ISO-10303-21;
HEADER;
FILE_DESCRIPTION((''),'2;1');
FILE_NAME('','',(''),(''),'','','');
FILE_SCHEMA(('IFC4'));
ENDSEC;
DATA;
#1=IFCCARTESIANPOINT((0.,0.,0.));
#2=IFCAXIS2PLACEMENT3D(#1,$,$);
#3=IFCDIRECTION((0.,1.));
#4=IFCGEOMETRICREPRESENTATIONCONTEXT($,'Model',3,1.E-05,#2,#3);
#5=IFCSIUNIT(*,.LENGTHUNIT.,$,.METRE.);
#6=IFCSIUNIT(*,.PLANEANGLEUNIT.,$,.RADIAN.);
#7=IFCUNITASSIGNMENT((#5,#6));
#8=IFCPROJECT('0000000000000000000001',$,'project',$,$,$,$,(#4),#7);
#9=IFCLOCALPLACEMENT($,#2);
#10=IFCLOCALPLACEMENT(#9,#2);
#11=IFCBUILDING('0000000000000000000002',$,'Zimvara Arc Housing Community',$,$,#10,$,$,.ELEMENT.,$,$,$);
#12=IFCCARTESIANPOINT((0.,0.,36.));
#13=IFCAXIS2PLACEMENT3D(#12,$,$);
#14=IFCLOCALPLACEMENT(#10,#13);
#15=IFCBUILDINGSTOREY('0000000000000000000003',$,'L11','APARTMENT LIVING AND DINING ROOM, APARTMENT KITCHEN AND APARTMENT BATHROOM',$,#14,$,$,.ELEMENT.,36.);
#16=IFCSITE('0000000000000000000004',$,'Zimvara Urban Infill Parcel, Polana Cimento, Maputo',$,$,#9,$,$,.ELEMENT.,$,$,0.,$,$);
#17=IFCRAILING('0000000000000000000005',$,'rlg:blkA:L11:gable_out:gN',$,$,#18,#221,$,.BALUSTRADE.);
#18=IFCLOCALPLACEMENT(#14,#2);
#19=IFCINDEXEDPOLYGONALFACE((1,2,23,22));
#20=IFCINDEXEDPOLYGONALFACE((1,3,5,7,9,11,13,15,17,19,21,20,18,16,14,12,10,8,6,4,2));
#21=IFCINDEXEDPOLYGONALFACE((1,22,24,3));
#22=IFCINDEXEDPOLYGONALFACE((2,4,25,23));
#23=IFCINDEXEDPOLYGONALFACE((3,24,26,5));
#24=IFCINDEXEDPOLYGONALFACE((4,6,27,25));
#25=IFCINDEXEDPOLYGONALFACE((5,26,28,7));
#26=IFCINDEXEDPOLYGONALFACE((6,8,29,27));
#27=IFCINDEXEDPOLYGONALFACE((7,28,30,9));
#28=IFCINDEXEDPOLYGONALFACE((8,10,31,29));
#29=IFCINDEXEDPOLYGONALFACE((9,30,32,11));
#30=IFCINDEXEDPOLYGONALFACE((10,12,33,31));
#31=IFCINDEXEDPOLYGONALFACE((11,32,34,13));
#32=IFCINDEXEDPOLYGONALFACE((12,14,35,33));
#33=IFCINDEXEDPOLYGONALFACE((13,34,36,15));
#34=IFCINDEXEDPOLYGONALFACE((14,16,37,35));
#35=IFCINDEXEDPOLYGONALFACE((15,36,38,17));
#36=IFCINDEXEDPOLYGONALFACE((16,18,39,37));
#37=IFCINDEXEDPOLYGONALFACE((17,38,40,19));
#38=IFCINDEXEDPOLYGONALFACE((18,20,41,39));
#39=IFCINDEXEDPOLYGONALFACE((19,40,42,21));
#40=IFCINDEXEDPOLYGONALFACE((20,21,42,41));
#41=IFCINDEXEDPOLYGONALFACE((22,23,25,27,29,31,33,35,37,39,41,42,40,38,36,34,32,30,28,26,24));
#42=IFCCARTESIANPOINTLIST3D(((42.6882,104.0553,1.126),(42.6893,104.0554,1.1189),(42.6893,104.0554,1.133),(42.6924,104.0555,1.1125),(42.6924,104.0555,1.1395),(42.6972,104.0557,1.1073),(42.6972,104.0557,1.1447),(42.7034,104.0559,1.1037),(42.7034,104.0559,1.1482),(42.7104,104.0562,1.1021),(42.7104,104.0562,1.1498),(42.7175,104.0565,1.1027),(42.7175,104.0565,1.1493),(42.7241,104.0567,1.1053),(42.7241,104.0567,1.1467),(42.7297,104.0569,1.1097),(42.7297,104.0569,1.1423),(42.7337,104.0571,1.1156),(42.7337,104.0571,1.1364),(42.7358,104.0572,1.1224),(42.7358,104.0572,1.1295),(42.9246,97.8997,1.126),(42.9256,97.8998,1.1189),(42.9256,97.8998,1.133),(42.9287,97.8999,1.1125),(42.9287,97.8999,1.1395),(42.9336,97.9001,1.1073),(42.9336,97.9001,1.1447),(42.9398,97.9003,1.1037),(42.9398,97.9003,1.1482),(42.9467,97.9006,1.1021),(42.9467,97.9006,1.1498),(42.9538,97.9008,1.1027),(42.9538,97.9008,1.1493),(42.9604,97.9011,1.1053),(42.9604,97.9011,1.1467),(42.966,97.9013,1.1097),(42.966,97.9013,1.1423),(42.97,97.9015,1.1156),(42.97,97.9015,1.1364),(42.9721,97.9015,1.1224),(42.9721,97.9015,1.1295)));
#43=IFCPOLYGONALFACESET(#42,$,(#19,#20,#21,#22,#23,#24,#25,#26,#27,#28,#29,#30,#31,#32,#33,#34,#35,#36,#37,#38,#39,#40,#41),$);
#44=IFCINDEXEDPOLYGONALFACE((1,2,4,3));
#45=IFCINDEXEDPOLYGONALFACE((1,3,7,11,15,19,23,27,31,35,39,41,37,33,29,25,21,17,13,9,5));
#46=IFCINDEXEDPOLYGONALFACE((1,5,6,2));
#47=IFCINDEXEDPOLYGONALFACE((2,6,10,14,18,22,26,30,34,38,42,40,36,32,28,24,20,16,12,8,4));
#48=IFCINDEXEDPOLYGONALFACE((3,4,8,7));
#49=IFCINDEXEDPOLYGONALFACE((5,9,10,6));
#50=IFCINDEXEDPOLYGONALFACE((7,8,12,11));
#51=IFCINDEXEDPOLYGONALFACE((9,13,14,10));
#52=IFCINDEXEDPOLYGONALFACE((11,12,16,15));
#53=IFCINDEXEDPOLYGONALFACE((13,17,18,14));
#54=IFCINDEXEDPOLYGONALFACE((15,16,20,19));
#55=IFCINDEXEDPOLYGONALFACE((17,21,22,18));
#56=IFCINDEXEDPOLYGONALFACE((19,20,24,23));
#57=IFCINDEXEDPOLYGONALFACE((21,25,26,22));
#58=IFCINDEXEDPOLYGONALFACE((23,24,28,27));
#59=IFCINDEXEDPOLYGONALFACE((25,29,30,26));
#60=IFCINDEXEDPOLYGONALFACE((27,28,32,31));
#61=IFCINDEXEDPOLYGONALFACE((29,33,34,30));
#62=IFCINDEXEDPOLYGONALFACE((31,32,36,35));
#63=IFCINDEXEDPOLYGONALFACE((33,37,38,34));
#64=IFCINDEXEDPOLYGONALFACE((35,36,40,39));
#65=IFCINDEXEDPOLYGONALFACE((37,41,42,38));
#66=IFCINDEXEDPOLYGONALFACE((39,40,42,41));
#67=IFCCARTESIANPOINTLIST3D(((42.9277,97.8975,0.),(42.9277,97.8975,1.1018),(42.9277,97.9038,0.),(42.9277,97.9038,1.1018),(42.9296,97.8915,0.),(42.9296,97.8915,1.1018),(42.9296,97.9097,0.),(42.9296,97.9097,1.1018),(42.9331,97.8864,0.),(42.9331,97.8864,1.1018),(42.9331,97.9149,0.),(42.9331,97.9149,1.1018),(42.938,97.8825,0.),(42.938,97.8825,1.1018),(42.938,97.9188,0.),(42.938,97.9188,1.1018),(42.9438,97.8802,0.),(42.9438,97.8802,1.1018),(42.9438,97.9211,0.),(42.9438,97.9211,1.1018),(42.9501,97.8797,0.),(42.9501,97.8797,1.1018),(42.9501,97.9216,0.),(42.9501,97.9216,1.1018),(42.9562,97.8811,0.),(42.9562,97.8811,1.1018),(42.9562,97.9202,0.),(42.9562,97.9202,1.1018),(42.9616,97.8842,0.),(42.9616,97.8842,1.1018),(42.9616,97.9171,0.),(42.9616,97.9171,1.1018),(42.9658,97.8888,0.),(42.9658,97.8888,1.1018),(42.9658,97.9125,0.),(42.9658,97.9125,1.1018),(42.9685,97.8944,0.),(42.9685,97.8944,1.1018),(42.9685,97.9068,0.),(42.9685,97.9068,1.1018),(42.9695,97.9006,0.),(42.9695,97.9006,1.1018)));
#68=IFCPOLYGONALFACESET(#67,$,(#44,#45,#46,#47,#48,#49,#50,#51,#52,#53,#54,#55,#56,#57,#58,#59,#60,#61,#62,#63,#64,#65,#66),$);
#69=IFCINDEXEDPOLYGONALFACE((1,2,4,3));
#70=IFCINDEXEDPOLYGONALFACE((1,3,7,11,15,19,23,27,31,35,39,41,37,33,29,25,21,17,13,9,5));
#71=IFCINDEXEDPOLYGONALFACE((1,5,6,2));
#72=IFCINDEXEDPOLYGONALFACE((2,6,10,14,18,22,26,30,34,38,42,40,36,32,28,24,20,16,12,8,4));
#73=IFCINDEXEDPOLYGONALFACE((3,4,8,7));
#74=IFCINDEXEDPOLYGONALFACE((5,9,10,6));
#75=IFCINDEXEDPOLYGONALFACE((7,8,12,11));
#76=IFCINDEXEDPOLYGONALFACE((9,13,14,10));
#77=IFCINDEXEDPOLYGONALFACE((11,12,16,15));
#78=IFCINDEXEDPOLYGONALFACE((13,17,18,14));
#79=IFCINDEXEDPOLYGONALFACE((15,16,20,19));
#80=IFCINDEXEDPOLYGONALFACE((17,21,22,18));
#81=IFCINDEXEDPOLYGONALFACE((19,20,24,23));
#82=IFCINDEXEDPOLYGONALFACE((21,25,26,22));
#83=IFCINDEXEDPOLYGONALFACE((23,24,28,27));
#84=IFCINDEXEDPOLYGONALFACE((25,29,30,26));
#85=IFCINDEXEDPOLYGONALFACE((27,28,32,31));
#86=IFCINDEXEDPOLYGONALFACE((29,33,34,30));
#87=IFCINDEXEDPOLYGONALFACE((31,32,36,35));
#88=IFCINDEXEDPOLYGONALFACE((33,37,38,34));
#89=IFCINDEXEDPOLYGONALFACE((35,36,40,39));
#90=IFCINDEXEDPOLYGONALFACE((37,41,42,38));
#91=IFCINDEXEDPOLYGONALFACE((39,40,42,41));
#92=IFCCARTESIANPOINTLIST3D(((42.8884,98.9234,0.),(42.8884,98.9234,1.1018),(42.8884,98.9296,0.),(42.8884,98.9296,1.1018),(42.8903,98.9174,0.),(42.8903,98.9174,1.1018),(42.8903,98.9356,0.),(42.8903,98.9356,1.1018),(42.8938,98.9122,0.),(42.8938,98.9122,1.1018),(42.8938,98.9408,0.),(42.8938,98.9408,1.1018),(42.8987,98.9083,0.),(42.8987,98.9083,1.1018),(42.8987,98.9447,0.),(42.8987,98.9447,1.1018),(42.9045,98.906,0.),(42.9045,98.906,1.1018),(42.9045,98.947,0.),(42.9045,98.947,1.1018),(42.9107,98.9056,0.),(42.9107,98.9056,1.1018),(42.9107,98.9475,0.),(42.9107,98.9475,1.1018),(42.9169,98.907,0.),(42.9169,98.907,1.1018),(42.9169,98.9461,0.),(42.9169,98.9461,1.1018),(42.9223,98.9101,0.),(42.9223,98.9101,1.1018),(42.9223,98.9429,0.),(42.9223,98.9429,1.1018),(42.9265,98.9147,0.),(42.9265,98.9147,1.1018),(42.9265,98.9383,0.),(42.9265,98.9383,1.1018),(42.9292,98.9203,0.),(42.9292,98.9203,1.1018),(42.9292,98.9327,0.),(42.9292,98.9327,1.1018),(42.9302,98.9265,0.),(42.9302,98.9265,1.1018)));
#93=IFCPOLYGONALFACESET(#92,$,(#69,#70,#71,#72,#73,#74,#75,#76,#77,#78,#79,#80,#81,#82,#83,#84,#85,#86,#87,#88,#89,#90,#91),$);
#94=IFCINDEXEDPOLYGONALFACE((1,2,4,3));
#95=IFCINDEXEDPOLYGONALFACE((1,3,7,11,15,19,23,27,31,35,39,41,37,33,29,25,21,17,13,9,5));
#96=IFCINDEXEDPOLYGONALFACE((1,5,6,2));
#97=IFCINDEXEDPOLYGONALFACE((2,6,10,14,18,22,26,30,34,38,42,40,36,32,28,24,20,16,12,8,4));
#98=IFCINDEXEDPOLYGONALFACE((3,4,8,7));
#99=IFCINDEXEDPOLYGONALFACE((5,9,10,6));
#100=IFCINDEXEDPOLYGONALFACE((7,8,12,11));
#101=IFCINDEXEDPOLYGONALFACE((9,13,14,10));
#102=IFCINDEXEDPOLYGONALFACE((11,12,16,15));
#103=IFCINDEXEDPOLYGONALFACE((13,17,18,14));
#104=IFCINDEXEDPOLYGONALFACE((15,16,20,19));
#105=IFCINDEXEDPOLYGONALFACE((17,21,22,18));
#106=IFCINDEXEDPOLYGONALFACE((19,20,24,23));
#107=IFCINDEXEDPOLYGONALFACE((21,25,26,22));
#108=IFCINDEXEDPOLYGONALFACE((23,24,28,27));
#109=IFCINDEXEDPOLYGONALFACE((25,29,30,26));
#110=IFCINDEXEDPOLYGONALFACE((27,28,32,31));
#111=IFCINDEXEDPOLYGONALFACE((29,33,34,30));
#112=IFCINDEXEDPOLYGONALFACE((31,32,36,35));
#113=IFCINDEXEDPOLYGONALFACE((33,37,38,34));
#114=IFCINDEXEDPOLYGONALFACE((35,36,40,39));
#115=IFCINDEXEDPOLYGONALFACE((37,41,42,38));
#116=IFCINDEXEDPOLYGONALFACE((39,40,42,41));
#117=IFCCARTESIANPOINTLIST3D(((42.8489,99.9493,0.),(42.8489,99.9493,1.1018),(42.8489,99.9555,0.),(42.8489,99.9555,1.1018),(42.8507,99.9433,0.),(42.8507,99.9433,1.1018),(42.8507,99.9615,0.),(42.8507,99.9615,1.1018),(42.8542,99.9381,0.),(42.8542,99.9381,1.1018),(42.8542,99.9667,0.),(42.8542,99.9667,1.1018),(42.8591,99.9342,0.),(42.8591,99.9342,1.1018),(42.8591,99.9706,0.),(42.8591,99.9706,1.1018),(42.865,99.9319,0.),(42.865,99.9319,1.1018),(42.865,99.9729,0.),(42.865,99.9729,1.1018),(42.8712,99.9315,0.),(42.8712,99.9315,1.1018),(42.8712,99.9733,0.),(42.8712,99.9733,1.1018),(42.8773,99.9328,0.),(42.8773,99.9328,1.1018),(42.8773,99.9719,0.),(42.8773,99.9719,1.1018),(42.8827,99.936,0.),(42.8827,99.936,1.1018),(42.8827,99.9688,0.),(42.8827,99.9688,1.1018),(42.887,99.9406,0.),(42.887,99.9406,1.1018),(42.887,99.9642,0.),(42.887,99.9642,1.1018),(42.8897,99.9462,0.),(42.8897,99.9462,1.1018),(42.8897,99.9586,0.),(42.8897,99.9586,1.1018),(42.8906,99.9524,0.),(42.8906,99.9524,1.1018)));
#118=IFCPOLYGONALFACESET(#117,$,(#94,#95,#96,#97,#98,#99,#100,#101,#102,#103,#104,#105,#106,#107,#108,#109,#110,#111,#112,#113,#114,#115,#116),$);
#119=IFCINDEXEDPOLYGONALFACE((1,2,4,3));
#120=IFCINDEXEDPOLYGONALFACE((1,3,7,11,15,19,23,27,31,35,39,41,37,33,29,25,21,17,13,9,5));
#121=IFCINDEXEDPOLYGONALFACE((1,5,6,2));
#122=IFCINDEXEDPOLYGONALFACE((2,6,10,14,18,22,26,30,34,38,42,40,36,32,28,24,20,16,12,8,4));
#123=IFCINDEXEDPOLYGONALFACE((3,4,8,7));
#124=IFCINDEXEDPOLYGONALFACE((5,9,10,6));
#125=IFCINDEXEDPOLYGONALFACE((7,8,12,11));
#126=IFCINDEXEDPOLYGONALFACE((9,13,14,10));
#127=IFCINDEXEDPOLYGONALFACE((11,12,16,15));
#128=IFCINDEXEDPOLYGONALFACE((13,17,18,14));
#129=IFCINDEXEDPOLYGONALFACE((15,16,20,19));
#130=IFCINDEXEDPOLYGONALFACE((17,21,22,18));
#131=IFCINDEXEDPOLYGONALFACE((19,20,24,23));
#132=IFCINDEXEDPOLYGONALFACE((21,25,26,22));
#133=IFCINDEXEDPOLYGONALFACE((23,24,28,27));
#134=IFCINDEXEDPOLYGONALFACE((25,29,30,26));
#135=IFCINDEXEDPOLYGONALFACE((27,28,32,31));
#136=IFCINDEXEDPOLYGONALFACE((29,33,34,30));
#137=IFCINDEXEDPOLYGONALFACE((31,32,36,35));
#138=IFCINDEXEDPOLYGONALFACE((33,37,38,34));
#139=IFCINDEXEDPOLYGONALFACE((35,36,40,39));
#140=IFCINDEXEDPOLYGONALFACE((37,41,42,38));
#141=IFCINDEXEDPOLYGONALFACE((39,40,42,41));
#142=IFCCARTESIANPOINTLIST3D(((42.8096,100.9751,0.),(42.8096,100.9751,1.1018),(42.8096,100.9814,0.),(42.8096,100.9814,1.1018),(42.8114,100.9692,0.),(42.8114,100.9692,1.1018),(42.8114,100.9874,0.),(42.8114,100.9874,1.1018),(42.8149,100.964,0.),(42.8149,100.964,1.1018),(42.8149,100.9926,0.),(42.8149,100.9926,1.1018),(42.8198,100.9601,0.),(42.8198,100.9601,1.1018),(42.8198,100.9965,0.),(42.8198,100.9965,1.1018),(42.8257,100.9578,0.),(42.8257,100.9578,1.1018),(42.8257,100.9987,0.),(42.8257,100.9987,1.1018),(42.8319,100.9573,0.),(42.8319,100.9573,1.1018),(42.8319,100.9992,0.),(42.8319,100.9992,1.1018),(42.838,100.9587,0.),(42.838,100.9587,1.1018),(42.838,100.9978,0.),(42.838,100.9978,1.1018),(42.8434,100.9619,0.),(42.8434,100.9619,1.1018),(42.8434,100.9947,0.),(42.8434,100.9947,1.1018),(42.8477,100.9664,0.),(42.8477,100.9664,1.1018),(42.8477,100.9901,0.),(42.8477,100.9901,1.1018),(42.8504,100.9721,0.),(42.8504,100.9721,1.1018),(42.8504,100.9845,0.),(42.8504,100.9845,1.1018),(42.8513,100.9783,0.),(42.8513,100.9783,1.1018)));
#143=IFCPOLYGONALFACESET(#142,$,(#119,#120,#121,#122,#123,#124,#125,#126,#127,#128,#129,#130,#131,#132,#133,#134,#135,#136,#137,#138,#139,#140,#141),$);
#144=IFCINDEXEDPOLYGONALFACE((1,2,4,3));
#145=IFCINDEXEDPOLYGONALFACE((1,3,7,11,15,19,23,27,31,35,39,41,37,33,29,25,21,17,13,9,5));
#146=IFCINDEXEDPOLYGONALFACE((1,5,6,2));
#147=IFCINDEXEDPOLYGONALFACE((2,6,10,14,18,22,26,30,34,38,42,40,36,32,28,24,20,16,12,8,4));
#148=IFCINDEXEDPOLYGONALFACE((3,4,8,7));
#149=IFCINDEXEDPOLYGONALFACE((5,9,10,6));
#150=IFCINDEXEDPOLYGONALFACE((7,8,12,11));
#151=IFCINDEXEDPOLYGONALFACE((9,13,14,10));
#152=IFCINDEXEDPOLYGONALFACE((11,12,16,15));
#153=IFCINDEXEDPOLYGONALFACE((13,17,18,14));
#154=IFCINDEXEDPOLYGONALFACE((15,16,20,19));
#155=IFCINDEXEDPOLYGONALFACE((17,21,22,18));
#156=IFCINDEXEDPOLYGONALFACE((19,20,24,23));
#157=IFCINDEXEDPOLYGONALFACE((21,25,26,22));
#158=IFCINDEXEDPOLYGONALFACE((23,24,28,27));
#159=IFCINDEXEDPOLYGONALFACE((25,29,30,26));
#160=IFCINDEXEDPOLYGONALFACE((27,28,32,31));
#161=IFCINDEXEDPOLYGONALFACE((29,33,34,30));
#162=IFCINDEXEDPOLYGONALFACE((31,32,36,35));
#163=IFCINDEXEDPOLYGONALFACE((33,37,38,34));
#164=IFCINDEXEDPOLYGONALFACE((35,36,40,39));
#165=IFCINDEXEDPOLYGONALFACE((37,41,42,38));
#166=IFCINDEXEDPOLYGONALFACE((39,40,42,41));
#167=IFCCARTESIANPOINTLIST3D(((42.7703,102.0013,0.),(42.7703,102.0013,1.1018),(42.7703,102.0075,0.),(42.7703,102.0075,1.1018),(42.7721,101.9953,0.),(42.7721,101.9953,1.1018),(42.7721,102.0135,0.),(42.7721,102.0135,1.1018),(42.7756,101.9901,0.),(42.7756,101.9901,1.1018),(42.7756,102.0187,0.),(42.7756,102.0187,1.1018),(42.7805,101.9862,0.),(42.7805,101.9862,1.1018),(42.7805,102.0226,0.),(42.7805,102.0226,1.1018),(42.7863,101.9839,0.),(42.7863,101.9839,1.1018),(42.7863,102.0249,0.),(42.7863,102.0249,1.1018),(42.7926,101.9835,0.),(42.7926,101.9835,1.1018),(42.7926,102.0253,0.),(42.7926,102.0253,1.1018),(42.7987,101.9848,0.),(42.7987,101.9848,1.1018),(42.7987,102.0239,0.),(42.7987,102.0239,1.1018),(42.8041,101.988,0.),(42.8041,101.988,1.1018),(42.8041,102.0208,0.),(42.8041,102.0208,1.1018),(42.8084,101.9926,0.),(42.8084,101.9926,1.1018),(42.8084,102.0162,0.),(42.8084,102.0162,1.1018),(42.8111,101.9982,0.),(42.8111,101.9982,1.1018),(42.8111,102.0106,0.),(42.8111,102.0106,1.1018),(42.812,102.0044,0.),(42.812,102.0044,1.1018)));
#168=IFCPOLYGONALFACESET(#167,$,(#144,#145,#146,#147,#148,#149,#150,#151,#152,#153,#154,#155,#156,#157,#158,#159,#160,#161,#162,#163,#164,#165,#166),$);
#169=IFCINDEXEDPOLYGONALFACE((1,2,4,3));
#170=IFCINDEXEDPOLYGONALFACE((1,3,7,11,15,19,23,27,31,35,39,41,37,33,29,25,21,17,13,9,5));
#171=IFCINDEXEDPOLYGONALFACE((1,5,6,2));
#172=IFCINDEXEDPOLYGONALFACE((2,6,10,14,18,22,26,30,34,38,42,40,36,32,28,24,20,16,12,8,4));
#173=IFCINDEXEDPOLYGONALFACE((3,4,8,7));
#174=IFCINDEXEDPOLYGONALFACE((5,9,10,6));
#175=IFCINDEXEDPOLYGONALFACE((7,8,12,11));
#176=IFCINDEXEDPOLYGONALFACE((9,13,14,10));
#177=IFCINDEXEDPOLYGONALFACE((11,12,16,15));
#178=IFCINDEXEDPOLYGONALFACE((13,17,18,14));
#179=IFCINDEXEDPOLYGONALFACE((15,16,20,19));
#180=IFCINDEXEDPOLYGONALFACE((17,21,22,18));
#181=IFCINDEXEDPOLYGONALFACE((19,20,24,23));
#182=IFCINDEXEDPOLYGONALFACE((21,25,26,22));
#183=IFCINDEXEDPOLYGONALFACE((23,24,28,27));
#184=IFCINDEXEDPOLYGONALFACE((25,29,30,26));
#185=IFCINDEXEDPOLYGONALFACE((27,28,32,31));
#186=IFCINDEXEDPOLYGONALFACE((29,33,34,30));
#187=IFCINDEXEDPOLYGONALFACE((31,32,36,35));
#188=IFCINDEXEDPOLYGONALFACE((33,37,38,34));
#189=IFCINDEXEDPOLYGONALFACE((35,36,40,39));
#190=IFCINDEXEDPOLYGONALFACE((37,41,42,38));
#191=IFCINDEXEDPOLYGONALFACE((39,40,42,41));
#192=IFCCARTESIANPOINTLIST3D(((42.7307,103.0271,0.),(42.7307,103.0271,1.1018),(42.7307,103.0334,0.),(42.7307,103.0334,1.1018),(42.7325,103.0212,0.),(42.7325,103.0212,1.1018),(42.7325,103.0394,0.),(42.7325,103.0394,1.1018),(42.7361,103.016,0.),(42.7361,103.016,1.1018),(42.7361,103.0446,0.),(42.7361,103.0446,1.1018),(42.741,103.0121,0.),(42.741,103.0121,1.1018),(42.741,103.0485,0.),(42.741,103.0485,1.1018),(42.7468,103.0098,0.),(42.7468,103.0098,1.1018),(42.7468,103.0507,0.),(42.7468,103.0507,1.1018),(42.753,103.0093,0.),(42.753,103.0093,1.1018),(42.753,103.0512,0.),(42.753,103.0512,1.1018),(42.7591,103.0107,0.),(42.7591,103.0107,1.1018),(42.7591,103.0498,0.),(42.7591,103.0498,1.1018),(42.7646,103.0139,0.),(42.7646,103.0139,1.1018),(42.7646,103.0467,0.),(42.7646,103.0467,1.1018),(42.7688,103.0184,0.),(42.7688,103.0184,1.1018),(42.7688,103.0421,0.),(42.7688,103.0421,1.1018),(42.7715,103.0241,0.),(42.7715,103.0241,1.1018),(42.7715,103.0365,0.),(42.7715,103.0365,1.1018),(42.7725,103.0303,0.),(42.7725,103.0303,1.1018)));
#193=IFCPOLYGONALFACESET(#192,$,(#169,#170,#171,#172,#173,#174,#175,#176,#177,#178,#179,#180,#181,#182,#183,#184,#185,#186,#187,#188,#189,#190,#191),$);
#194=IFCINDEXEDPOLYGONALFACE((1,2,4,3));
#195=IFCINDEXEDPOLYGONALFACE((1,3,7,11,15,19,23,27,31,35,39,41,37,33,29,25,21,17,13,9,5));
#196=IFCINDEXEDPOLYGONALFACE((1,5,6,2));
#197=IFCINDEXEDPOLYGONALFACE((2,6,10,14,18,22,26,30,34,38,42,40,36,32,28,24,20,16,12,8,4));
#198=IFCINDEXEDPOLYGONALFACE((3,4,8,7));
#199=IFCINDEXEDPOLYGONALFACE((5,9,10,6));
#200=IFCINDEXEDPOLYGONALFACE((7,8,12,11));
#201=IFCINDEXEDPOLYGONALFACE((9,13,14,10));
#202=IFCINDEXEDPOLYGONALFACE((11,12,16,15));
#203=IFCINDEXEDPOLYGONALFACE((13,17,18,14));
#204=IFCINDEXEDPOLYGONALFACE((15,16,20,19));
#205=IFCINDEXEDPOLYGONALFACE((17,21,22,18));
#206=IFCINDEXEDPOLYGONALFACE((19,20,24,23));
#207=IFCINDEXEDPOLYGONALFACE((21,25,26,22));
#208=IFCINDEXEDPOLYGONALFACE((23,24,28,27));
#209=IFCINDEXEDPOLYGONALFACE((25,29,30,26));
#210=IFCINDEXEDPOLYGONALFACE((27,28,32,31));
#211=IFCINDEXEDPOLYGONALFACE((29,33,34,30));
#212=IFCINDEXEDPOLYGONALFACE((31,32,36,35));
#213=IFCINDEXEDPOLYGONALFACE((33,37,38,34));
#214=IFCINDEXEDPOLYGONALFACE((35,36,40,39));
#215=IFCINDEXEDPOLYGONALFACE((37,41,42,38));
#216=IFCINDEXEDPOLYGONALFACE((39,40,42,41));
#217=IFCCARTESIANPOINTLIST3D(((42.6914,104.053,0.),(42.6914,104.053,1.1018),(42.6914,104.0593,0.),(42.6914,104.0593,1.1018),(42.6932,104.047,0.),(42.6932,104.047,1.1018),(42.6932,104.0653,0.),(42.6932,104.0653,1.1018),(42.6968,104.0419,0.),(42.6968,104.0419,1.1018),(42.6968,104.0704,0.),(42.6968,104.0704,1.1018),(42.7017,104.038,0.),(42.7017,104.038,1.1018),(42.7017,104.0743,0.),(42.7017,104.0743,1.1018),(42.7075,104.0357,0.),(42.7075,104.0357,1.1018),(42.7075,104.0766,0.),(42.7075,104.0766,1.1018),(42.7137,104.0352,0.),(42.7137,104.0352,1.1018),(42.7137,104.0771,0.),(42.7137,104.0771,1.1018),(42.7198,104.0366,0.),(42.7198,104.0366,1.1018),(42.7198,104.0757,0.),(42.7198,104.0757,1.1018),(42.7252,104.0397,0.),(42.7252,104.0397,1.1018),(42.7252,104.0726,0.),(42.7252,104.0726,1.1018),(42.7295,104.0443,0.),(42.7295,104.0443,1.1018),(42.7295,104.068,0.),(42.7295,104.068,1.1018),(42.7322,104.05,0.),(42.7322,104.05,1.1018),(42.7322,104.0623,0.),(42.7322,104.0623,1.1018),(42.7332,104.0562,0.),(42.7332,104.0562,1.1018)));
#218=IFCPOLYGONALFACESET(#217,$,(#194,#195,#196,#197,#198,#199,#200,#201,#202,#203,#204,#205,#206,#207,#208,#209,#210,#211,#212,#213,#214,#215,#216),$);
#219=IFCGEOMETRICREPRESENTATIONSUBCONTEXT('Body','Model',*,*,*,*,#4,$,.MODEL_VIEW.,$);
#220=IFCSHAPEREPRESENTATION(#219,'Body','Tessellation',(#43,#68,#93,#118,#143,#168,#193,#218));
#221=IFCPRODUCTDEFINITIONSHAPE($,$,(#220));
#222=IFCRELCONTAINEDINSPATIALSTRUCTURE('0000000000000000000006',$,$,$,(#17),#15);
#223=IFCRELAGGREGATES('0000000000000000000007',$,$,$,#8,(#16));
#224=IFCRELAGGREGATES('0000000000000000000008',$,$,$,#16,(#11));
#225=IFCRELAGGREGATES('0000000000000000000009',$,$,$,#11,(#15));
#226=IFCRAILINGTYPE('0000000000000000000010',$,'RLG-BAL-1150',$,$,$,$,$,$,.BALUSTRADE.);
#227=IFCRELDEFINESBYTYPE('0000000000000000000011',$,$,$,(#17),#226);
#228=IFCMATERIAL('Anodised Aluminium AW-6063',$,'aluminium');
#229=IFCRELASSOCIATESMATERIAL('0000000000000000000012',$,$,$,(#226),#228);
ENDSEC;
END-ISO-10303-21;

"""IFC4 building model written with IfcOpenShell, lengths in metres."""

from ifc_helpers import new_model, si_unit, direction, frame, origin, origin_2d, place, context, subcontext, project, spatial, circle, extrude, material, type_object, element, save


model = new_model("IFC4")

# Units and contexts
model_context = context("Model", 3, precision=1e-05, world=origin(), true_north=direction((0.0, 1.0)))
body_context = subcontext(model_context, "Body", "Model", "MODEL_VIEW")
ifc_project = project(units=[si_unit("LENGTHUNIT", "METRE"), si_unit("PLANEANGLEUNIT", "RADIAN")], contexts=[model_context])

# Site, building, storey
site_placement = place(None, origin())
site = spatial("IfcSite", under=ifc_project, at=site_placement, Name="Zimvara Urban Infill Parcel, Polana Cimento, Maputo", CompositionType="ELEMENT", RefElevation=0.0)
building_placement = place(site_placement, origin())
building = spatial("IfcBuilding", under=site, at=building_placement, Name="Zimvara Arc Housing Community", CompositionType="ELEMENT")
storey_placement = place(building_placement, frame((0.0, 0.0, 36.0)))
storey = spatial("IfcBuildingStorey", under=building, at=storey_placement, Name="L11", Description="APARTMENT LIVING AND DINING ROOM, APARTMENT KITCHEN AND APARTMENT BATHROOM", CompositionType="ELEMENT", Elevation=36.0)

# Railing
ifc_material_1 = material(Name="Anodised Aluminium AW-6063", Category="aluminium")
railing_type_1 = type_object("IfcRailingType", Name="RLG-BAL-1150", PredefinedType="BALUSTRADE", material=ifc_material_1)
railing_1_placement = place(storey_placement, frame((42.9485, 97.9006, 0.0)))
element("IfcRailing", 1, at=railing_1_placement, inside=storey, type_object=railing_type_1, Name="rlg:blkA:L11:gable_out:gN", PredefinedType="BALUSTRADE", context=body_context, shape_type="SweptSolid", body=[
    extrude(circle(Radius=0.0239, at=origin_2d()), frame((0.0, 0.0, 1.126), z_axis=(-0.038365, 0.999264, 0.0), x_axis=(-0.999264, -0.038365, 0.0)), (0.0, 0.0, 1.0), 6.1602),
    extrude(circle(Radius=0.021, at=origin_2d()), origin(), (0.0, 0.0, 1.0), 1.1018),
    extrude(circle(Radius=0.021, at=origin_2d()), frame((-0.0393, 1.0259, 0.0)), (0.0, 0.0, 1.0), 1.1018),
    extrude(circle(Radius=0.021, at=origin_2d()), frame((-0.0789, 2.0518, 0.0)), (0.0, 0.0, 1.0), 1.1018),
    extrude(circle(Radius=0.021, at=origin_2d()), frame((-0.1182, 3.0776, 0.0)), (0.0, 0.0, 1.0), 1.1018),
    extrude(circle(Radius=0.021, at=origin_2d()), frame((-0.1575, 4.1038, 0.0)), (0.0, 0.0, 1.0), 1.1018),
    extrude(circle(Radius=0.021, at=origin_2d()), frame((-0.197, 5.1296, 0.0)), (0.0, 0.0, 1.0), 1.1018),
    extrude(circle(Radius=0.021, at=origin_2d()), frame((-0.2363, 6.1555, 0.0)), (0.0, 0.0, 1.0), 1.1018),
])

save(model, "model.ifc")
